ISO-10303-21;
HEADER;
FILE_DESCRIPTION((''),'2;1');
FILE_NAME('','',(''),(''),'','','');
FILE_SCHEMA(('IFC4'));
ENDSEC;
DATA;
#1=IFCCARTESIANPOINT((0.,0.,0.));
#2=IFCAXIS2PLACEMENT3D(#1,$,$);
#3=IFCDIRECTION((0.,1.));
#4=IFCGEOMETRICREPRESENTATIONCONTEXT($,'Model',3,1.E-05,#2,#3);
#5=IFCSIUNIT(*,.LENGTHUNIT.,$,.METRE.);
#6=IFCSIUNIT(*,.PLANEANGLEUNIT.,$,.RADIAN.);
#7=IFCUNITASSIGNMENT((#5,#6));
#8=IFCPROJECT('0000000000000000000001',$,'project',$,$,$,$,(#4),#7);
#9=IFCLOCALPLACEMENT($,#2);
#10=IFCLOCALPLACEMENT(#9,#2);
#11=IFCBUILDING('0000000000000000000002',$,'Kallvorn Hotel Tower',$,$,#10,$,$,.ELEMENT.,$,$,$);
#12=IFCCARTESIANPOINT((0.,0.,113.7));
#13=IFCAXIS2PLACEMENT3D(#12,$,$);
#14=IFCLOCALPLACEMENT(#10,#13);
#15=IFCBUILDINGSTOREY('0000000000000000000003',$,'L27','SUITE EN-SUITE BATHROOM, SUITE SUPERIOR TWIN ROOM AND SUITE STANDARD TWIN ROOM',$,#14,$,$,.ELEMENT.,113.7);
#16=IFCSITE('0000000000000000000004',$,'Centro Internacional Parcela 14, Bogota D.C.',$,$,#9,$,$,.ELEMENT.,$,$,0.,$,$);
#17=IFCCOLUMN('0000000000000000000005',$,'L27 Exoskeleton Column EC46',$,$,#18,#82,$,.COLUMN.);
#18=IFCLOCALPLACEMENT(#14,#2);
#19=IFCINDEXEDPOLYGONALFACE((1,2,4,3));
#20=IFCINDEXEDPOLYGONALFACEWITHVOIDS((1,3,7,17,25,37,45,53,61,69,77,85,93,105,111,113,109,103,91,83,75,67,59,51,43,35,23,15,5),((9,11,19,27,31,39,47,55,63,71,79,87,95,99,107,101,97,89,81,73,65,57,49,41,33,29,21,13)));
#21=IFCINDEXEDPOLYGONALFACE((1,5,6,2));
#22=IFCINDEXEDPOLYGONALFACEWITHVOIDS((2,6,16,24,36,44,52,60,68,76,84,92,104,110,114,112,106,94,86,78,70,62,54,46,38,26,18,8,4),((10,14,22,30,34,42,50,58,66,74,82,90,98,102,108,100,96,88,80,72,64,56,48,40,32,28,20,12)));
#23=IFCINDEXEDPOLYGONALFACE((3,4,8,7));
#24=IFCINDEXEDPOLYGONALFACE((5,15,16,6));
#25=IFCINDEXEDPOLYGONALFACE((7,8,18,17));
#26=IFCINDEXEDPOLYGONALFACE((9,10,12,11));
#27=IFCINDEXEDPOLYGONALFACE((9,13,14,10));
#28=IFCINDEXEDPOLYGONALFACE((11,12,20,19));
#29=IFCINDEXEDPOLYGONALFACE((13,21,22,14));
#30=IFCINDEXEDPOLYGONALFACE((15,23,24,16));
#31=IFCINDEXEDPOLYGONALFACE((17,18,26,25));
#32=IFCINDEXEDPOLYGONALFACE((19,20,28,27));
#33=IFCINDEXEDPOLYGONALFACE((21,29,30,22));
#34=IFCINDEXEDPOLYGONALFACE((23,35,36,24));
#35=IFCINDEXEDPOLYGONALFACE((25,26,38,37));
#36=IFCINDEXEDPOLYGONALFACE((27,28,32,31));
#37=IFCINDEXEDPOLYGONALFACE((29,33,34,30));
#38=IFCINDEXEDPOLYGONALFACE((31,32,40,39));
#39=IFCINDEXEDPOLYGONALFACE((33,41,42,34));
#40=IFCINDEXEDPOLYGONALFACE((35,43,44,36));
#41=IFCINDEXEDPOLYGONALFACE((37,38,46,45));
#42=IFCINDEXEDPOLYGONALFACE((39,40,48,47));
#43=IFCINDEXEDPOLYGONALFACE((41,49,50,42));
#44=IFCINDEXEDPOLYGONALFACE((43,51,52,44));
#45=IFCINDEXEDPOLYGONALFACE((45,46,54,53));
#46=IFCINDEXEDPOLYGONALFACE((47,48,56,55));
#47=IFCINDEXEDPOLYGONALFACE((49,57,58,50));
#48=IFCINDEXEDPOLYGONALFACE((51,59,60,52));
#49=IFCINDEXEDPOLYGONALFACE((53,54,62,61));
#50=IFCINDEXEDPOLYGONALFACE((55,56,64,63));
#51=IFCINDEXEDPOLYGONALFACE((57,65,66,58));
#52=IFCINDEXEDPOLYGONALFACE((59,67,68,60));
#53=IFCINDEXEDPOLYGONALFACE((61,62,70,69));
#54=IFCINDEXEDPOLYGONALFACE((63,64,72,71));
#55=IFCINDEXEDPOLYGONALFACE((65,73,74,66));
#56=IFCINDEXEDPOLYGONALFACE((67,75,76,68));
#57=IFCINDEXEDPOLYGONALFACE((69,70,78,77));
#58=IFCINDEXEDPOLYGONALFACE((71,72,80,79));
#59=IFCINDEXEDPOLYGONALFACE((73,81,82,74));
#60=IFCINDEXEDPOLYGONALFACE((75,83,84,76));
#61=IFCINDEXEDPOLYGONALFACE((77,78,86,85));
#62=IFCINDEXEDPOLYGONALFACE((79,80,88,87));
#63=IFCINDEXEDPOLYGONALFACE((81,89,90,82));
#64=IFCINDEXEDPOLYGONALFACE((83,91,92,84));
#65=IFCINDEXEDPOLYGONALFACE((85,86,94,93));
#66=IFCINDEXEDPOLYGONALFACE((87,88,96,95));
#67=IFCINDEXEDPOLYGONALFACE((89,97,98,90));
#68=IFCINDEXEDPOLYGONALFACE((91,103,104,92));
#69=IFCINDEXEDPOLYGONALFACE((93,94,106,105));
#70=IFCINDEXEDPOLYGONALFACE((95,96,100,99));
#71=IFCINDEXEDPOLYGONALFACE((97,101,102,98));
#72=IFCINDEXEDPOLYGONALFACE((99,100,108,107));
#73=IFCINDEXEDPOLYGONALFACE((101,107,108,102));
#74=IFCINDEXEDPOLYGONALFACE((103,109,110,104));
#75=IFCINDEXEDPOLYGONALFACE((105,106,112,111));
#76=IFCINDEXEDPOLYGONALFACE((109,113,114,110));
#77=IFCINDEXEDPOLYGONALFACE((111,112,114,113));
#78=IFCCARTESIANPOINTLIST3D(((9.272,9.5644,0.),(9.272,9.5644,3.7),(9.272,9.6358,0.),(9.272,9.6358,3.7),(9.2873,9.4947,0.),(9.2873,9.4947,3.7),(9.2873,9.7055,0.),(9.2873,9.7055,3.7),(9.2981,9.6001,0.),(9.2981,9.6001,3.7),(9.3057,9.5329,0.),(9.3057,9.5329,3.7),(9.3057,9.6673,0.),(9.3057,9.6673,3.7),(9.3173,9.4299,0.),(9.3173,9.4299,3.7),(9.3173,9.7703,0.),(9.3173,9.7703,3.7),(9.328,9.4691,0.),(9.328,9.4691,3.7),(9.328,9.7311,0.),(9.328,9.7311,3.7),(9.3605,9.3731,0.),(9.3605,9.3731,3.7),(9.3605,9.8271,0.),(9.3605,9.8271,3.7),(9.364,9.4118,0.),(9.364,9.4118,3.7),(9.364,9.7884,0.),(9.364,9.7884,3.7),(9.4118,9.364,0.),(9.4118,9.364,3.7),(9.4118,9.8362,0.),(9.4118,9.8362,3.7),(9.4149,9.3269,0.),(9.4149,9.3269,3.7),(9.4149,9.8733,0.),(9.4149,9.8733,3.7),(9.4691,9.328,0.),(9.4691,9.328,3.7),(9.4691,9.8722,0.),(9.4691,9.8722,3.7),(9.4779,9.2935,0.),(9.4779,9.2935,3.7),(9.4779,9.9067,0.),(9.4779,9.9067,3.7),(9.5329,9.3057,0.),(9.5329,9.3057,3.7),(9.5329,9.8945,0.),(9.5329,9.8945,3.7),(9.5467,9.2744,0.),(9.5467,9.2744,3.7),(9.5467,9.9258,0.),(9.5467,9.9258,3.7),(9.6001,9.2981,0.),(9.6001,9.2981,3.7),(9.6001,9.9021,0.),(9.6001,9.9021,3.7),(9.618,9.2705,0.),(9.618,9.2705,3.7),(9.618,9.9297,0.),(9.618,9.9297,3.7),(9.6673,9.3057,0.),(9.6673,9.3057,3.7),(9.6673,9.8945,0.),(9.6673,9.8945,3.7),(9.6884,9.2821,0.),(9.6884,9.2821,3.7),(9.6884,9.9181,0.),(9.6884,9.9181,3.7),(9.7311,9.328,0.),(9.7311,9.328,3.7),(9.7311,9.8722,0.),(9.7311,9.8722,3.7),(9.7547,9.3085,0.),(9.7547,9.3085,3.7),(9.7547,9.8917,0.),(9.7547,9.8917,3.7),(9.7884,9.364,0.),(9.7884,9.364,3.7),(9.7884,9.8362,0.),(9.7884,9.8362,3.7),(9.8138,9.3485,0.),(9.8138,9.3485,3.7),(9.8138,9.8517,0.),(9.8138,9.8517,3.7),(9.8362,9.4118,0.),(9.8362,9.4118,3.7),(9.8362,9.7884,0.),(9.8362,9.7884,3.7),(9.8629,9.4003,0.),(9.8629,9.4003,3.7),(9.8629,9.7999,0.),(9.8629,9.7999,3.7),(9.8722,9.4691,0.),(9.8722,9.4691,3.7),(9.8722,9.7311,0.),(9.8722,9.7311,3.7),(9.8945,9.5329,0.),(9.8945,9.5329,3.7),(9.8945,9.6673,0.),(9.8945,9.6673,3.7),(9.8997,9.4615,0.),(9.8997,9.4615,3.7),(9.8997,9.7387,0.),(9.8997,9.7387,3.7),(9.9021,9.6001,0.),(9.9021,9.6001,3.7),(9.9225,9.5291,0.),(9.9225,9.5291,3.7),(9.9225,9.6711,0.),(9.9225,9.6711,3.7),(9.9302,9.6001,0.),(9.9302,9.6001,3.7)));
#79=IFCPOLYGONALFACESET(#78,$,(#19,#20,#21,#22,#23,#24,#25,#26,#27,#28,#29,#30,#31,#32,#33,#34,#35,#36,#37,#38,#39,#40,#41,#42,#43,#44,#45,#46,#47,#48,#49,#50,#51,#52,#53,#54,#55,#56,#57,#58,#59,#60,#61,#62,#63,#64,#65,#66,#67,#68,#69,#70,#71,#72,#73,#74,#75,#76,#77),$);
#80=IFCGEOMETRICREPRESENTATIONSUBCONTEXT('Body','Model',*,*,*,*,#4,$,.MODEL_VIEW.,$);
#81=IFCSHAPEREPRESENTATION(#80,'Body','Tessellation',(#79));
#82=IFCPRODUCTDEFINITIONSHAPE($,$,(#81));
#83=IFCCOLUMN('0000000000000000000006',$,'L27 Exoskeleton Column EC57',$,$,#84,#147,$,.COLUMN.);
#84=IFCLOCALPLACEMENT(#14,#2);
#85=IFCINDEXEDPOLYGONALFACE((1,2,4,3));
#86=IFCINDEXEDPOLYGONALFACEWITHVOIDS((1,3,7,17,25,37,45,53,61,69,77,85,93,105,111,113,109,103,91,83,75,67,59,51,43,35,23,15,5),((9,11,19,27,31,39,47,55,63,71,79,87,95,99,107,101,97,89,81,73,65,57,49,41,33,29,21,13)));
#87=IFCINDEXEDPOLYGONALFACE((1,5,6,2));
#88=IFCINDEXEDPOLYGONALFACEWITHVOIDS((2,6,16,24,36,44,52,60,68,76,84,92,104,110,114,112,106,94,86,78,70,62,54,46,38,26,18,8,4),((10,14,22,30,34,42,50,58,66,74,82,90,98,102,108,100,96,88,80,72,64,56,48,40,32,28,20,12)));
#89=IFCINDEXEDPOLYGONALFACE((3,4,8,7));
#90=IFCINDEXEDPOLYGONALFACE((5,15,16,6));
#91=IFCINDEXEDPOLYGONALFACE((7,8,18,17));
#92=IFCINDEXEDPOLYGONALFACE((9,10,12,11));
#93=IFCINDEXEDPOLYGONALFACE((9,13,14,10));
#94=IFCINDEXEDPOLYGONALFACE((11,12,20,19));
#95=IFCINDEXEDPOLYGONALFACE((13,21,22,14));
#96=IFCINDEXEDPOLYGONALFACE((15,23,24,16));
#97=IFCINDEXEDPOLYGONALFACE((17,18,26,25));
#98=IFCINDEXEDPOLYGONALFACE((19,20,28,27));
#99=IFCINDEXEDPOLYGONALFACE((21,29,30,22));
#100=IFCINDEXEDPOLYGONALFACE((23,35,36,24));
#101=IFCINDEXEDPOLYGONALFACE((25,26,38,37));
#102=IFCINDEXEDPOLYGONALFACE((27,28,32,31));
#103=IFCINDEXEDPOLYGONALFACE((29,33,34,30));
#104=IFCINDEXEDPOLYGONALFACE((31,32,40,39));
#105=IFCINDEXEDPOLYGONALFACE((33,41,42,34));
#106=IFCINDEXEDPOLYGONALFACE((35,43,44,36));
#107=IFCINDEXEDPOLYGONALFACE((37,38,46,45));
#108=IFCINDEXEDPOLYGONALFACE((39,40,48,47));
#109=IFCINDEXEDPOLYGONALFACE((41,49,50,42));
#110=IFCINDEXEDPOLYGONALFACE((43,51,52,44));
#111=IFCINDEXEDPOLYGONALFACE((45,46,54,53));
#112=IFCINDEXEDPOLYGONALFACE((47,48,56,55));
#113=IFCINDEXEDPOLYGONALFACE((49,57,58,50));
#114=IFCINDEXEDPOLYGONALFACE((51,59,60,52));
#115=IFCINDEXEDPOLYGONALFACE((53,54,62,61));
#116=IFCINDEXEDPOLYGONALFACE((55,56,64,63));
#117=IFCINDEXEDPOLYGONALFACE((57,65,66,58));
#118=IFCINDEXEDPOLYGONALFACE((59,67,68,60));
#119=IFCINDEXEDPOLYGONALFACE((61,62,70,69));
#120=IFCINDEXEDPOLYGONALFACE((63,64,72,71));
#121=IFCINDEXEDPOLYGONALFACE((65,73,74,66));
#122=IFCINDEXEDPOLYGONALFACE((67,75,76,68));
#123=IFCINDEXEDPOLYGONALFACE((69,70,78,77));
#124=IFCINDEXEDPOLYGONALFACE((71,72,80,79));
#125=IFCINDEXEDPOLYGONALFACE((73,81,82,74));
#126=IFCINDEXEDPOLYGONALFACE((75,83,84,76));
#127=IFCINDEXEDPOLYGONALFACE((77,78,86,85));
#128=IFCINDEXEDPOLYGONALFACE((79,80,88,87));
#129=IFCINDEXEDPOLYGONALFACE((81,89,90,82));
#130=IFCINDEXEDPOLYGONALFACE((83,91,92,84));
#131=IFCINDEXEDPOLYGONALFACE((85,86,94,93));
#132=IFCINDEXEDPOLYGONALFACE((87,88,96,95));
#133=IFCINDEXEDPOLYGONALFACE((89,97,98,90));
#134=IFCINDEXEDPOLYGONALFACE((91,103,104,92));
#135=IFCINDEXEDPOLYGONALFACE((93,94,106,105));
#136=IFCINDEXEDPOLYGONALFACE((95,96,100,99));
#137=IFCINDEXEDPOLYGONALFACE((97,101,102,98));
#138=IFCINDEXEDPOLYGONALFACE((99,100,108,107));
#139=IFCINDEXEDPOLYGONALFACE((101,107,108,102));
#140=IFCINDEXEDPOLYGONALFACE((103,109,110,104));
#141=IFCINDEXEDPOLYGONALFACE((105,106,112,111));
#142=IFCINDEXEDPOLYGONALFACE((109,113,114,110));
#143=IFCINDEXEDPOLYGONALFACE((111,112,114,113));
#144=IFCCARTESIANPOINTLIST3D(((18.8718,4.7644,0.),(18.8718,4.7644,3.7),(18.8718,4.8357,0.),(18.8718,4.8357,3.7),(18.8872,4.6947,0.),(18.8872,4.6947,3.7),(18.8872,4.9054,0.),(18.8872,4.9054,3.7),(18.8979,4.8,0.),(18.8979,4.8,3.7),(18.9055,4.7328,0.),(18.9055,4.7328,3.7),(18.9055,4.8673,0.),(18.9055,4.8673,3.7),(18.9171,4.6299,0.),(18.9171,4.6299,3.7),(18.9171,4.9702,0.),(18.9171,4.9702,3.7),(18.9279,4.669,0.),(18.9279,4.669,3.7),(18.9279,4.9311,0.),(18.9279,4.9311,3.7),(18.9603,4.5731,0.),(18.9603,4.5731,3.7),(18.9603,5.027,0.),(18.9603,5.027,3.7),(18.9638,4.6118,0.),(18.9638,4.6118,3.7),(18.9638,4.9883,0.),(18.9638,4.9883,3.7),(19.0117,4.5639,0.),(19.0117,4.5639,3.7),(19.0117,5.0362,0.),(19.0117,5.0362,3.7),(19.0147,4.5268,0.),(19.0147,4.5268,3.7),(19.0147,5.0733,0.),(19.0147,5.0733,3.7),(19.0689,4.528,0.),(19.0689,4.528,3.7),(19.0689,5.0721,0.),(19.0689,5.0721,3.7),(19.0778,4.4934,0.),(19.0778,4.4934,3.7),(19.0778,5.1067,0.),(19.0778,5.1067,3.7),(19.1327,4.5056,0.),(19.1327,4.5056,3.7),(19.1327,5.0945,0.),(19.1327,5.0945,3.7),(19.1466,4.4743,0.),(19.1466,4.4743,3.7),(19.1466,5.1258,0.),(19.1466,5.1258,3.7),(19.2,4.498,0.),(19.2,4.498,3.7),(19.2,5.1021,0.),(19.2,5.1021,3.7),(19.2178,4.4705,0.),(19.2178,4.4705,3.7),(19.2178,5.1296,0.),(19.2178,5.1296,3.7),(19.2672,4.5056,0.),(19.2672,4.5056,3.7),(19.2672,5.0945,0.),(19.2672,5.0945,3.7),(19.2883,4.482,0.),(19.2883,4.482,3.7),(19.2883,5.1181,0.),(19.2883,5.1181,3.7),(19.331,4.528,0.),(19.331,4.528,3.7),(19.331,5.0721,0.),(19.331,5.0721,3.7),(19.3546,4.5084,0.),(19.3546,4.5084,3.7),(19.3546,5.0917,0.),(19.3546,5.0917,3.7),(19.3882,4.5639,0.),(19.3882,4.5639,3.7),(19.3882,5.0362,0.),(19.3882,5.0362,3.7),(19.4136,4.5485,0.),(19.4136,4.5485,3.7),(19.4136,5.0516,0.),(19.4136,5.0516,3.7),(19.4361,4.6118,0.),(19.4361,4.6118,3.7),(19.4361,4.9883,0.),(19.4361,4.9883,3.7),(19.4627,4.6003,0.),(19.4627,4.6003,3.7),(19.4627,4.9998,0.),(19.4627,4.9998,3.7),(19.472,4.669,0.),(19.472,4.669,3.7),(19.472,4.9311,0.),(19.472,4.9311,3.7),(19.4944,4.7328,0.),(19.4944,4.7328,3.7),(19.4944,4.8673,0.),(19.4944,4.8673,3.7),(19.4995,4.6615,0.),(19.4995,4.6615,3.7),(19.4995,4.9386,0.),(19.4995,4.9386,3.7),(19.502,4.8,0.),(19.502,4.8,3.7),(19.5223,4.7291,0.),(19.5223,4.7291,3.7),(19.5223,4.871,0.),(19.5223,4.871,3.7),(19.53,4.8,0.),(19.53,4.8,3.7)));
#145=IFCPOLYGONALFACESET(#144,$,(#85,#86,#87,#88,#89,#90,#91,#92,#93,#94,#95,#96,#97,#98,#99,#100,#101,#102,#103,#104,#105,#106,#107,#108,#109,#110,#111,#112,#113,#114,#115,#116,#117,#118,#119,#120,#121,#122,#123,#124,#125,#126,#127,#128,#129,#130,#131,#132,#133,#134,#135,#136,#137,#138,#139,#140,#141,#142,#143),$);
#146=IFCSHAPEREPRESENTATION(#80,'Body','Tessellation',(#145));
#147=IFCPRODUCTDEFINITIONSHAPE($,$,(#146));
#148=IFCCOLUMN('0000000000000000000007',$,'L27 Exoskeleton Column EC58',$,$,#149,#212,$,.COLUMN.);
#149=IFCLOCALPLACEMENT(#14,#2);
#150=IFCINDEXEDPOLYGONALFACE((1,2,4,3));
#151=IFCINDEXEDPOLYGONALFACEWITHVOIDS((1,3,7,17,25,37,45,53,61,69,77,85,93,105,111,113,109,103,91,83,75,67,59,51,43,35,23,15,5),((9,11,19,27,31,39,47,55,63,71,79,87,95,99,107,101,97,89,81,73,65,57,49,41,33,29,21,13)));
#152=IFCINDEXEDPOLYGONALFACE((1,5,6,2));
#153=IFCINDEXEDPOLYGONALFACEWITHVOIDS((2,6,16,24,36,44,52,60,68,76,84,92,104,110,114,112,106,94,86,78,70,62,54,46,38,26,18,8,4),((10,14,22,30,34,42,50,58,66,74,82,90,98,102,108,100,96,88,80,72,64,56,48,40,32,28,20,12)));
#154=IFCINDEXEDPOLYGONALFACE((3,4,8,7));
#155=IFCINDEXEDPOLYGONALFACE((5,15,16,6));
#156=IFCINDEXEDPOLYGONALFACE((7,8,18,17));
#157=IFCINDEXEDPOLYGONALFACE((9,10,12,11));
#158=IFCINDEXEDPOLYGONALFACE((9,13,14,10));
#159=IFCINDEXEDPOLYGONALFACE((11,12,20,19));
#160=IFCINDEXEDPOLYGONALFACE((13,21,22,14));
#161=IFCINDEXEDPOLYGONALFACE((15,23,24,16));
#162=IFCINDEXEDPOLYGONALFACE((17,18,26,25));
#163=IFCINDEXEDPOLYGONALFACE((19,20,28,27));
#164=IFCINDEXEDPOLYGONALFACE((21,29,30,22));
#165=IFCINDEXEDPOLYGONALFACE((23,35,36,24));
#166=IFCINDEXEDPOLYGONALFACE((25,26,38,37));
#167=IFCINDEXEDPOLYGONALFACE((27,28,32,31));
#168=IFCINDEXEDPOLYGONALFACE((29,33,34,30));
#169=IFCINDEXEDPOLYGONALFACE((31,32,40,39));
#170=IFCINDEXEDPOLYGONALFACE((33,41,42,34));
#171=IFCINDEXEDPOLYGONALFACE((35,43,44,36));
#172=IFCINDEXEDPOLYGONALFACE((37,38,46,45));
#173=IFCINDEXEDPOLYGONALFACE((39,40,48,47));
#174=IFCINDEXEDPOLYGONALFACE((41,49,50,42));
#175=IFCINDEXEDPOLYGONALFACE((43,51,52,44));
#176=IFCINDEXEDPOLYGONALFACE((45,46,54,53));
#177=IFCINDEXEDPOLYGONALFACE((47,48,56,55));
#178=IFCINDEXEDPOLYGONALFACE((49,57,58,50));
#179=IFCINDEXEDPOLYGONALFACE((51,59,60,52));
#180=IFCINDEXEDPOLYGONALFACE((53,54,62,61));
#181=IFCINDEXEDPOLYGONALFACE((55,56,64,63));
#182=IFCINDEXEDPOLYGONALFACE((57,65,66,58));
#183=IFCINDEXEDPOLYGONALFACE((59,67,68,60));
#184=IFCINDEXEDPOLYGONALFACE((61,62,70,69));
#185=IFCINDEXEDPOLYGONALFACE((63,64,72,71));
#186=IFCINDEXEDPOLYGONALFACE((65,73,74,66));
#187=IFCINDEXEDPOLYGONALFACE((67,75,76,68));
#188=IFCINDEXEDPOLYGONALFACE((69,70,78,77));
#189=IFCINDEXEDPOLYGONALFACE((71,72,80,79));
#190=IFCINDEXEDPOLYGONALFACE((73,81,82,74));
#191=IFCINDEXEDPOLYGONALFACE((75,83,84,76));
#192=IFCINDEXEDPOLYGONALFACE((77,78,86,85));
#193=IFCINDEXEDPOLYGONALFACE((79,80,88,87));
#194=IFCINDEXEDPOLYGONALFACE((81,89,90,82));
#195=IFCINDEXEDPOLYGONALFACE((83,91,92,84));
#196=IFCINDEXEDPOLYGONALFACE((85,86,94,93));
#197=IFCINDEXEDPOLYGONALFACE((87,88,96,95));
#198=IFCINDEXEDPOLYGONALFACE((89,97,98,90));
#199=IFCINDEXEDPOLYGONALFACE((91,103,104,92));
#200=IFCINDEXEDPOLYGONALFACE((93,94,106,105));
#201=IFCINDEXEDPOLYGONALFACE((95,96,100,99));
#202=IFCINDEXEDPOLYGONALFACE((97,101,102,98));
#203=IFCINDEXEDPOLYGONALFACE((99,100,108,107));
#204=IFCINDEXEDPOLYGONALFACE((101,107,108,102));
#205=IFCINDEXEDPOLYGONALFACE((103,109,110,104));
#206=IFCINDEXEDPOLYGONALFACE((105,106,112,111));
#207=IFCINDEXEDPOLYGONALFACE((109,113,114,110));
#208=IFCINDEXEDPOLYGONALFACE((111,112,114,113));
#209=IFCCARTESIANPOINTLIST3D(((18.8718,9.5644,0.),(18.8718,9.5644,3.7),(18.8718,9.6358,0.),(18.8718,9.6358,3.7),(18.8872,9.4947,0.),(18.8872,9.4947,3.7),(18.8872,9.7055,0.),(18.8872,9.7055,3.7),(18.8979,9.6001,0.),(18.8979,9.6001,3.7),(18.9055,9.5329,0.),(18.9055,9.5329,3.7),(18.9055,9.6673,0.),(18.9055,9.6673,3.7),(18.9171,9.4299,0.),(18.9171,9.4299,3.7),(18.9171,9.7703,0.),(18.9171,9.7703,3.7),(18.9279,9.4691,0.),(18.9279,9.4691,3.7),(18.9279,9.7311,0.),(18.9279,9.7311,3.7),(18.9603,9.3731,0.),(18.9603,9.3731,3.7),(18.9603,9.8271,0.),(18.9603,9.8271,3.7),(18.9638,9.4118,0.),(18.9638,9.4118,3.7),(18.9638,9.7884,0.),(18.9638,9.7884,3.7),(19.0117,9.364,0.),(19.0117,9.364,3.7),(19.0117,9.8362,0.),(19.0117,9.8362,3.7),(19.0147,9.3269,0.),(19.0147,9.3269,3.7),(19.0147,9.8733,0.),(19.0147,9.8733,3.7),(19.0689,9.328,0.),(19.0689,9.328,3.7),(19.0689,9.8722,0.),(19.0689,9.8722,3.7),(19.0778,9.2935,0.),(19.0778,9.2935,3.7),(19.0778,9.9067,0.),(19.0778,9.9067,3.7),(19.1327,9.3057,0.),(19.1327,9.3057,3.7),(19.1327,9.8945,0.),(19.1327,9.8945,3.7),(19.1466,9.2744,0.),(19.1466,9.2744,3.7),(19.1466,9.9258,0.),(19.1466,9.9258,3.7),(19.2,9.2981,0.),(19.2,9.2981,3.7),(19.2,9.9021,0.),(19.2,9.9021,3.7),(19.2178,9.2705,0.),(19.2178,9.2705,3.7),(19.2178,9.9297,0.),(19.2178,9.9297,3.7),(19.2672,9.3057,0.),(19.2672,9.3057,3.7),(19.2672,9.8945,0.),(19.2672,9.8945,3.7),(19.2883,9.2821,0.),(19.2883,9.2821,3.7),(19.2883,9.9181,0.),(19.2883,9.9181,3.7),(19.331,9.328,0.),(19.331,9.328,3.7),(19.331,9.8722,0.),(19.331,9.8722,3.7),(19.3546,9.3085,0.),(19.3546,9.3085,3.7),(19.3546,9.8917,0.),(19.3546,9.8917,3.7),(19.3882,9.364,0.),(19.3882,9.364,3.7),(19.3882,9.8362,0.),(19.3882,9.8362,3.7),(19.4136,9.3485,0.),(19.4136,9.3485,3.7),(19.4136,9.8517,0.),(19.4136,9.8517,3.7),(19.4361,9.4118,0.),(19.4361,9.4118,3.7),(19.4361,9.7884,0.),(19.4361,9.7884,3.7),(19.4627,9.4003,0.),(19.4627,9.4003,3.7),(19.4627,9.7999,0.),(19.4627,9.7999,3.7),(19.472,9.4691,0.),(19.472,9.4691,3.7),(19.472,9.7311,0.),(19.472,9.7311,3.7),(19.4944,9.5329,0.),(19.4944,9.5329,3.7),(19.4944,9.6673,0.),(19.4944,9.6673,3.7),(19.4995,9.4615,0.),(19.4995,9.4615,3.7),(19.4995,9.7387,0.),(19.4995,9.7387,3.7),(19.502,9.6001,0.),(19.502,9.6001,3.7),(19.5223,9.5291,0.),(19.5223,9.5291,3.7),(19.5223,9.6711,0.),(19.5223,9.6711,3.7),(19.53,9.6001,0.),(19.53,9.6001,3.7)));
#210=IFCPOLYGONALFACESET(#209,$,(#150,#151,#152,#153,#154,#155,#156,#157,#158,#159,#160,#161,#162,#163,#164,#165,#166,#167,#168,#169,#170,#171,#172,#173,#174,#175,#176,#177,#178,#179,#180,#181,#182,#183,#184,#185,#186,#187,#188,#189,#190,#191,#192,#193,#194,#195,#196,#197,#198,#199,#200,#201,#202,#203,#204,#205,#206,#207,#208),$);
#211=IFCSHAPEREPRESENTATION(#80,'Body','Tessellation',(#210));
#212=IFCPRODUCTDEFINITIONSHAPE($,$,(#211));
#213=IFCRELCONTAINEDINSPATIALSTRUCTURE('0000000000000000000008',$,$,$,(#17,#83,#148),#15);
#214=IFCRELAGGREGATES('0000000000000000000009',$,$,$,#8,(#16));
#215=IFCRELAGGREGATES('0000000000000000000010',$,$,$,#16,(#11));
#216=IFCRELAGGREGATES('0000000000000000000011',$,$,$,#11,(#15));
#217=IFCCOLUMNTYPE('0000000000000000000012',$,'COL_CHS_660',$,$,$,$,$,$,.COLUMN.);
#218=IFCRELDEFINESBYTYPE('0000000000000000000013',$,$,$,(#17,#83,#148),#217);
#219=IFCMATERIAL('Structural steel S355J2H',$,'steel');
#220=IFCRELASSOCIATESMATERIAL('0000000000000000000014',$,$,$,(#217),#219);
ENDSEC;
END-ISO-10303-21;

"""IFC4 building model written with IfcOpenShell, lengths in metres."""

from ifc_helpers import new_model, si_unit, direction, frame, origin, origin_2d, place, context, subcontext, project, spatial, hollow_circle, extrude, material, material_profile, profile_set, type_object, element, save


model = new_model("IFC4")

# Units and contexts
model_context = context("Model", 3, precision=1e-05, world=origin(), true_north=direction((0.0, 1.0)))
body_context = subcontext(model_context, "Body", "Model", "MODEL_VIEW")
ifc_project = project(units=[si_unit("LENGTHUNIT", "METRE"), si_unit("PLANEANGLEUNIT", "RADIAN")], contexts=[model_context])

# Site, building, storey
site_placement = place(None, origin())
site = spatial("IfcSite", under=ifc_project, at=site_placement, Name="Centro Internacional Parcela 14, Bogota D.C.", CompositionType="ELEMENT", RefElevation=0.0)
building_placement = place(site_placement, origin())
building = spatial("IfcBuilding", under=site, at=building_placement, Name="Kallvorn Hotel Tower", CompositionType="ELEMENT")
storey_placement = place(building_placement, frame((0.0, 0.0, 113.7)))
storey = spatial("IfcBuildingStorey", under=building, at=storey_placement, Name="L27", Description="SUITE EN-SUITE BATHROOM, SUITE SUPERIOR TWIN ROOM AND SUITE STANDARD TWIN ROOM", CompositionType="ELEMENT", Elevation=113.7)

# Columns
ifc_material_1 = material(Name="Structural steel S355J2H", Category="steel")
ifc_material_profile_1 = material_profile(ifc_material_1, hollow_circle(Radius=0.3301, WallThickness=0.0281, at=origin_2d()), Name="CHS 660x28")
ifc_profile_set_1 = profile_set([ifc_material_profile_1], Name="Structural steel S355J2H")
column_type_1 = type_object("IfcColumnType", Name="COL_CHS_660", PredefinedType="COLUMN", material=ifc_profile_set_1)
for number, where, z_axis, x_axis, name in (
    (1, (9.6001, 9.6001, 0.0), (0.0, 0.0, 1.0), (1.0, 0.0, 0.0), "L27 Exoskeleton Column EC46"),
    (2, (19.2, 4.8, 0.0), (0.0, 0.0, 1.0), (1.0, 0.0, 0.0), "L27 Exoskeleton Column EC57"),
    (3, (19.2, 9.6001, 0.0), (0.0, 0.0, 1.0), (1.0, 0.0, 0.0), "L27 Exoskeleton Column EC58"),
):
    element("IfcColumn", number, at=place(storey_placement, frame(where, z_axis=z_axis, x_axis=x_axis)), inside=storey, type_object=column_type_1, Name=name, PredefinedType="COLUMN", context=body_context, shape_type="SweptSolid", body=[
        extrude(hollow_circle(Radius=0.3301, WallThickness=0.0281, at=origin_2d()), origin(), (0.0, 0.0, 1.0), 3.7),
    ])

save(model, "model.ifc")
